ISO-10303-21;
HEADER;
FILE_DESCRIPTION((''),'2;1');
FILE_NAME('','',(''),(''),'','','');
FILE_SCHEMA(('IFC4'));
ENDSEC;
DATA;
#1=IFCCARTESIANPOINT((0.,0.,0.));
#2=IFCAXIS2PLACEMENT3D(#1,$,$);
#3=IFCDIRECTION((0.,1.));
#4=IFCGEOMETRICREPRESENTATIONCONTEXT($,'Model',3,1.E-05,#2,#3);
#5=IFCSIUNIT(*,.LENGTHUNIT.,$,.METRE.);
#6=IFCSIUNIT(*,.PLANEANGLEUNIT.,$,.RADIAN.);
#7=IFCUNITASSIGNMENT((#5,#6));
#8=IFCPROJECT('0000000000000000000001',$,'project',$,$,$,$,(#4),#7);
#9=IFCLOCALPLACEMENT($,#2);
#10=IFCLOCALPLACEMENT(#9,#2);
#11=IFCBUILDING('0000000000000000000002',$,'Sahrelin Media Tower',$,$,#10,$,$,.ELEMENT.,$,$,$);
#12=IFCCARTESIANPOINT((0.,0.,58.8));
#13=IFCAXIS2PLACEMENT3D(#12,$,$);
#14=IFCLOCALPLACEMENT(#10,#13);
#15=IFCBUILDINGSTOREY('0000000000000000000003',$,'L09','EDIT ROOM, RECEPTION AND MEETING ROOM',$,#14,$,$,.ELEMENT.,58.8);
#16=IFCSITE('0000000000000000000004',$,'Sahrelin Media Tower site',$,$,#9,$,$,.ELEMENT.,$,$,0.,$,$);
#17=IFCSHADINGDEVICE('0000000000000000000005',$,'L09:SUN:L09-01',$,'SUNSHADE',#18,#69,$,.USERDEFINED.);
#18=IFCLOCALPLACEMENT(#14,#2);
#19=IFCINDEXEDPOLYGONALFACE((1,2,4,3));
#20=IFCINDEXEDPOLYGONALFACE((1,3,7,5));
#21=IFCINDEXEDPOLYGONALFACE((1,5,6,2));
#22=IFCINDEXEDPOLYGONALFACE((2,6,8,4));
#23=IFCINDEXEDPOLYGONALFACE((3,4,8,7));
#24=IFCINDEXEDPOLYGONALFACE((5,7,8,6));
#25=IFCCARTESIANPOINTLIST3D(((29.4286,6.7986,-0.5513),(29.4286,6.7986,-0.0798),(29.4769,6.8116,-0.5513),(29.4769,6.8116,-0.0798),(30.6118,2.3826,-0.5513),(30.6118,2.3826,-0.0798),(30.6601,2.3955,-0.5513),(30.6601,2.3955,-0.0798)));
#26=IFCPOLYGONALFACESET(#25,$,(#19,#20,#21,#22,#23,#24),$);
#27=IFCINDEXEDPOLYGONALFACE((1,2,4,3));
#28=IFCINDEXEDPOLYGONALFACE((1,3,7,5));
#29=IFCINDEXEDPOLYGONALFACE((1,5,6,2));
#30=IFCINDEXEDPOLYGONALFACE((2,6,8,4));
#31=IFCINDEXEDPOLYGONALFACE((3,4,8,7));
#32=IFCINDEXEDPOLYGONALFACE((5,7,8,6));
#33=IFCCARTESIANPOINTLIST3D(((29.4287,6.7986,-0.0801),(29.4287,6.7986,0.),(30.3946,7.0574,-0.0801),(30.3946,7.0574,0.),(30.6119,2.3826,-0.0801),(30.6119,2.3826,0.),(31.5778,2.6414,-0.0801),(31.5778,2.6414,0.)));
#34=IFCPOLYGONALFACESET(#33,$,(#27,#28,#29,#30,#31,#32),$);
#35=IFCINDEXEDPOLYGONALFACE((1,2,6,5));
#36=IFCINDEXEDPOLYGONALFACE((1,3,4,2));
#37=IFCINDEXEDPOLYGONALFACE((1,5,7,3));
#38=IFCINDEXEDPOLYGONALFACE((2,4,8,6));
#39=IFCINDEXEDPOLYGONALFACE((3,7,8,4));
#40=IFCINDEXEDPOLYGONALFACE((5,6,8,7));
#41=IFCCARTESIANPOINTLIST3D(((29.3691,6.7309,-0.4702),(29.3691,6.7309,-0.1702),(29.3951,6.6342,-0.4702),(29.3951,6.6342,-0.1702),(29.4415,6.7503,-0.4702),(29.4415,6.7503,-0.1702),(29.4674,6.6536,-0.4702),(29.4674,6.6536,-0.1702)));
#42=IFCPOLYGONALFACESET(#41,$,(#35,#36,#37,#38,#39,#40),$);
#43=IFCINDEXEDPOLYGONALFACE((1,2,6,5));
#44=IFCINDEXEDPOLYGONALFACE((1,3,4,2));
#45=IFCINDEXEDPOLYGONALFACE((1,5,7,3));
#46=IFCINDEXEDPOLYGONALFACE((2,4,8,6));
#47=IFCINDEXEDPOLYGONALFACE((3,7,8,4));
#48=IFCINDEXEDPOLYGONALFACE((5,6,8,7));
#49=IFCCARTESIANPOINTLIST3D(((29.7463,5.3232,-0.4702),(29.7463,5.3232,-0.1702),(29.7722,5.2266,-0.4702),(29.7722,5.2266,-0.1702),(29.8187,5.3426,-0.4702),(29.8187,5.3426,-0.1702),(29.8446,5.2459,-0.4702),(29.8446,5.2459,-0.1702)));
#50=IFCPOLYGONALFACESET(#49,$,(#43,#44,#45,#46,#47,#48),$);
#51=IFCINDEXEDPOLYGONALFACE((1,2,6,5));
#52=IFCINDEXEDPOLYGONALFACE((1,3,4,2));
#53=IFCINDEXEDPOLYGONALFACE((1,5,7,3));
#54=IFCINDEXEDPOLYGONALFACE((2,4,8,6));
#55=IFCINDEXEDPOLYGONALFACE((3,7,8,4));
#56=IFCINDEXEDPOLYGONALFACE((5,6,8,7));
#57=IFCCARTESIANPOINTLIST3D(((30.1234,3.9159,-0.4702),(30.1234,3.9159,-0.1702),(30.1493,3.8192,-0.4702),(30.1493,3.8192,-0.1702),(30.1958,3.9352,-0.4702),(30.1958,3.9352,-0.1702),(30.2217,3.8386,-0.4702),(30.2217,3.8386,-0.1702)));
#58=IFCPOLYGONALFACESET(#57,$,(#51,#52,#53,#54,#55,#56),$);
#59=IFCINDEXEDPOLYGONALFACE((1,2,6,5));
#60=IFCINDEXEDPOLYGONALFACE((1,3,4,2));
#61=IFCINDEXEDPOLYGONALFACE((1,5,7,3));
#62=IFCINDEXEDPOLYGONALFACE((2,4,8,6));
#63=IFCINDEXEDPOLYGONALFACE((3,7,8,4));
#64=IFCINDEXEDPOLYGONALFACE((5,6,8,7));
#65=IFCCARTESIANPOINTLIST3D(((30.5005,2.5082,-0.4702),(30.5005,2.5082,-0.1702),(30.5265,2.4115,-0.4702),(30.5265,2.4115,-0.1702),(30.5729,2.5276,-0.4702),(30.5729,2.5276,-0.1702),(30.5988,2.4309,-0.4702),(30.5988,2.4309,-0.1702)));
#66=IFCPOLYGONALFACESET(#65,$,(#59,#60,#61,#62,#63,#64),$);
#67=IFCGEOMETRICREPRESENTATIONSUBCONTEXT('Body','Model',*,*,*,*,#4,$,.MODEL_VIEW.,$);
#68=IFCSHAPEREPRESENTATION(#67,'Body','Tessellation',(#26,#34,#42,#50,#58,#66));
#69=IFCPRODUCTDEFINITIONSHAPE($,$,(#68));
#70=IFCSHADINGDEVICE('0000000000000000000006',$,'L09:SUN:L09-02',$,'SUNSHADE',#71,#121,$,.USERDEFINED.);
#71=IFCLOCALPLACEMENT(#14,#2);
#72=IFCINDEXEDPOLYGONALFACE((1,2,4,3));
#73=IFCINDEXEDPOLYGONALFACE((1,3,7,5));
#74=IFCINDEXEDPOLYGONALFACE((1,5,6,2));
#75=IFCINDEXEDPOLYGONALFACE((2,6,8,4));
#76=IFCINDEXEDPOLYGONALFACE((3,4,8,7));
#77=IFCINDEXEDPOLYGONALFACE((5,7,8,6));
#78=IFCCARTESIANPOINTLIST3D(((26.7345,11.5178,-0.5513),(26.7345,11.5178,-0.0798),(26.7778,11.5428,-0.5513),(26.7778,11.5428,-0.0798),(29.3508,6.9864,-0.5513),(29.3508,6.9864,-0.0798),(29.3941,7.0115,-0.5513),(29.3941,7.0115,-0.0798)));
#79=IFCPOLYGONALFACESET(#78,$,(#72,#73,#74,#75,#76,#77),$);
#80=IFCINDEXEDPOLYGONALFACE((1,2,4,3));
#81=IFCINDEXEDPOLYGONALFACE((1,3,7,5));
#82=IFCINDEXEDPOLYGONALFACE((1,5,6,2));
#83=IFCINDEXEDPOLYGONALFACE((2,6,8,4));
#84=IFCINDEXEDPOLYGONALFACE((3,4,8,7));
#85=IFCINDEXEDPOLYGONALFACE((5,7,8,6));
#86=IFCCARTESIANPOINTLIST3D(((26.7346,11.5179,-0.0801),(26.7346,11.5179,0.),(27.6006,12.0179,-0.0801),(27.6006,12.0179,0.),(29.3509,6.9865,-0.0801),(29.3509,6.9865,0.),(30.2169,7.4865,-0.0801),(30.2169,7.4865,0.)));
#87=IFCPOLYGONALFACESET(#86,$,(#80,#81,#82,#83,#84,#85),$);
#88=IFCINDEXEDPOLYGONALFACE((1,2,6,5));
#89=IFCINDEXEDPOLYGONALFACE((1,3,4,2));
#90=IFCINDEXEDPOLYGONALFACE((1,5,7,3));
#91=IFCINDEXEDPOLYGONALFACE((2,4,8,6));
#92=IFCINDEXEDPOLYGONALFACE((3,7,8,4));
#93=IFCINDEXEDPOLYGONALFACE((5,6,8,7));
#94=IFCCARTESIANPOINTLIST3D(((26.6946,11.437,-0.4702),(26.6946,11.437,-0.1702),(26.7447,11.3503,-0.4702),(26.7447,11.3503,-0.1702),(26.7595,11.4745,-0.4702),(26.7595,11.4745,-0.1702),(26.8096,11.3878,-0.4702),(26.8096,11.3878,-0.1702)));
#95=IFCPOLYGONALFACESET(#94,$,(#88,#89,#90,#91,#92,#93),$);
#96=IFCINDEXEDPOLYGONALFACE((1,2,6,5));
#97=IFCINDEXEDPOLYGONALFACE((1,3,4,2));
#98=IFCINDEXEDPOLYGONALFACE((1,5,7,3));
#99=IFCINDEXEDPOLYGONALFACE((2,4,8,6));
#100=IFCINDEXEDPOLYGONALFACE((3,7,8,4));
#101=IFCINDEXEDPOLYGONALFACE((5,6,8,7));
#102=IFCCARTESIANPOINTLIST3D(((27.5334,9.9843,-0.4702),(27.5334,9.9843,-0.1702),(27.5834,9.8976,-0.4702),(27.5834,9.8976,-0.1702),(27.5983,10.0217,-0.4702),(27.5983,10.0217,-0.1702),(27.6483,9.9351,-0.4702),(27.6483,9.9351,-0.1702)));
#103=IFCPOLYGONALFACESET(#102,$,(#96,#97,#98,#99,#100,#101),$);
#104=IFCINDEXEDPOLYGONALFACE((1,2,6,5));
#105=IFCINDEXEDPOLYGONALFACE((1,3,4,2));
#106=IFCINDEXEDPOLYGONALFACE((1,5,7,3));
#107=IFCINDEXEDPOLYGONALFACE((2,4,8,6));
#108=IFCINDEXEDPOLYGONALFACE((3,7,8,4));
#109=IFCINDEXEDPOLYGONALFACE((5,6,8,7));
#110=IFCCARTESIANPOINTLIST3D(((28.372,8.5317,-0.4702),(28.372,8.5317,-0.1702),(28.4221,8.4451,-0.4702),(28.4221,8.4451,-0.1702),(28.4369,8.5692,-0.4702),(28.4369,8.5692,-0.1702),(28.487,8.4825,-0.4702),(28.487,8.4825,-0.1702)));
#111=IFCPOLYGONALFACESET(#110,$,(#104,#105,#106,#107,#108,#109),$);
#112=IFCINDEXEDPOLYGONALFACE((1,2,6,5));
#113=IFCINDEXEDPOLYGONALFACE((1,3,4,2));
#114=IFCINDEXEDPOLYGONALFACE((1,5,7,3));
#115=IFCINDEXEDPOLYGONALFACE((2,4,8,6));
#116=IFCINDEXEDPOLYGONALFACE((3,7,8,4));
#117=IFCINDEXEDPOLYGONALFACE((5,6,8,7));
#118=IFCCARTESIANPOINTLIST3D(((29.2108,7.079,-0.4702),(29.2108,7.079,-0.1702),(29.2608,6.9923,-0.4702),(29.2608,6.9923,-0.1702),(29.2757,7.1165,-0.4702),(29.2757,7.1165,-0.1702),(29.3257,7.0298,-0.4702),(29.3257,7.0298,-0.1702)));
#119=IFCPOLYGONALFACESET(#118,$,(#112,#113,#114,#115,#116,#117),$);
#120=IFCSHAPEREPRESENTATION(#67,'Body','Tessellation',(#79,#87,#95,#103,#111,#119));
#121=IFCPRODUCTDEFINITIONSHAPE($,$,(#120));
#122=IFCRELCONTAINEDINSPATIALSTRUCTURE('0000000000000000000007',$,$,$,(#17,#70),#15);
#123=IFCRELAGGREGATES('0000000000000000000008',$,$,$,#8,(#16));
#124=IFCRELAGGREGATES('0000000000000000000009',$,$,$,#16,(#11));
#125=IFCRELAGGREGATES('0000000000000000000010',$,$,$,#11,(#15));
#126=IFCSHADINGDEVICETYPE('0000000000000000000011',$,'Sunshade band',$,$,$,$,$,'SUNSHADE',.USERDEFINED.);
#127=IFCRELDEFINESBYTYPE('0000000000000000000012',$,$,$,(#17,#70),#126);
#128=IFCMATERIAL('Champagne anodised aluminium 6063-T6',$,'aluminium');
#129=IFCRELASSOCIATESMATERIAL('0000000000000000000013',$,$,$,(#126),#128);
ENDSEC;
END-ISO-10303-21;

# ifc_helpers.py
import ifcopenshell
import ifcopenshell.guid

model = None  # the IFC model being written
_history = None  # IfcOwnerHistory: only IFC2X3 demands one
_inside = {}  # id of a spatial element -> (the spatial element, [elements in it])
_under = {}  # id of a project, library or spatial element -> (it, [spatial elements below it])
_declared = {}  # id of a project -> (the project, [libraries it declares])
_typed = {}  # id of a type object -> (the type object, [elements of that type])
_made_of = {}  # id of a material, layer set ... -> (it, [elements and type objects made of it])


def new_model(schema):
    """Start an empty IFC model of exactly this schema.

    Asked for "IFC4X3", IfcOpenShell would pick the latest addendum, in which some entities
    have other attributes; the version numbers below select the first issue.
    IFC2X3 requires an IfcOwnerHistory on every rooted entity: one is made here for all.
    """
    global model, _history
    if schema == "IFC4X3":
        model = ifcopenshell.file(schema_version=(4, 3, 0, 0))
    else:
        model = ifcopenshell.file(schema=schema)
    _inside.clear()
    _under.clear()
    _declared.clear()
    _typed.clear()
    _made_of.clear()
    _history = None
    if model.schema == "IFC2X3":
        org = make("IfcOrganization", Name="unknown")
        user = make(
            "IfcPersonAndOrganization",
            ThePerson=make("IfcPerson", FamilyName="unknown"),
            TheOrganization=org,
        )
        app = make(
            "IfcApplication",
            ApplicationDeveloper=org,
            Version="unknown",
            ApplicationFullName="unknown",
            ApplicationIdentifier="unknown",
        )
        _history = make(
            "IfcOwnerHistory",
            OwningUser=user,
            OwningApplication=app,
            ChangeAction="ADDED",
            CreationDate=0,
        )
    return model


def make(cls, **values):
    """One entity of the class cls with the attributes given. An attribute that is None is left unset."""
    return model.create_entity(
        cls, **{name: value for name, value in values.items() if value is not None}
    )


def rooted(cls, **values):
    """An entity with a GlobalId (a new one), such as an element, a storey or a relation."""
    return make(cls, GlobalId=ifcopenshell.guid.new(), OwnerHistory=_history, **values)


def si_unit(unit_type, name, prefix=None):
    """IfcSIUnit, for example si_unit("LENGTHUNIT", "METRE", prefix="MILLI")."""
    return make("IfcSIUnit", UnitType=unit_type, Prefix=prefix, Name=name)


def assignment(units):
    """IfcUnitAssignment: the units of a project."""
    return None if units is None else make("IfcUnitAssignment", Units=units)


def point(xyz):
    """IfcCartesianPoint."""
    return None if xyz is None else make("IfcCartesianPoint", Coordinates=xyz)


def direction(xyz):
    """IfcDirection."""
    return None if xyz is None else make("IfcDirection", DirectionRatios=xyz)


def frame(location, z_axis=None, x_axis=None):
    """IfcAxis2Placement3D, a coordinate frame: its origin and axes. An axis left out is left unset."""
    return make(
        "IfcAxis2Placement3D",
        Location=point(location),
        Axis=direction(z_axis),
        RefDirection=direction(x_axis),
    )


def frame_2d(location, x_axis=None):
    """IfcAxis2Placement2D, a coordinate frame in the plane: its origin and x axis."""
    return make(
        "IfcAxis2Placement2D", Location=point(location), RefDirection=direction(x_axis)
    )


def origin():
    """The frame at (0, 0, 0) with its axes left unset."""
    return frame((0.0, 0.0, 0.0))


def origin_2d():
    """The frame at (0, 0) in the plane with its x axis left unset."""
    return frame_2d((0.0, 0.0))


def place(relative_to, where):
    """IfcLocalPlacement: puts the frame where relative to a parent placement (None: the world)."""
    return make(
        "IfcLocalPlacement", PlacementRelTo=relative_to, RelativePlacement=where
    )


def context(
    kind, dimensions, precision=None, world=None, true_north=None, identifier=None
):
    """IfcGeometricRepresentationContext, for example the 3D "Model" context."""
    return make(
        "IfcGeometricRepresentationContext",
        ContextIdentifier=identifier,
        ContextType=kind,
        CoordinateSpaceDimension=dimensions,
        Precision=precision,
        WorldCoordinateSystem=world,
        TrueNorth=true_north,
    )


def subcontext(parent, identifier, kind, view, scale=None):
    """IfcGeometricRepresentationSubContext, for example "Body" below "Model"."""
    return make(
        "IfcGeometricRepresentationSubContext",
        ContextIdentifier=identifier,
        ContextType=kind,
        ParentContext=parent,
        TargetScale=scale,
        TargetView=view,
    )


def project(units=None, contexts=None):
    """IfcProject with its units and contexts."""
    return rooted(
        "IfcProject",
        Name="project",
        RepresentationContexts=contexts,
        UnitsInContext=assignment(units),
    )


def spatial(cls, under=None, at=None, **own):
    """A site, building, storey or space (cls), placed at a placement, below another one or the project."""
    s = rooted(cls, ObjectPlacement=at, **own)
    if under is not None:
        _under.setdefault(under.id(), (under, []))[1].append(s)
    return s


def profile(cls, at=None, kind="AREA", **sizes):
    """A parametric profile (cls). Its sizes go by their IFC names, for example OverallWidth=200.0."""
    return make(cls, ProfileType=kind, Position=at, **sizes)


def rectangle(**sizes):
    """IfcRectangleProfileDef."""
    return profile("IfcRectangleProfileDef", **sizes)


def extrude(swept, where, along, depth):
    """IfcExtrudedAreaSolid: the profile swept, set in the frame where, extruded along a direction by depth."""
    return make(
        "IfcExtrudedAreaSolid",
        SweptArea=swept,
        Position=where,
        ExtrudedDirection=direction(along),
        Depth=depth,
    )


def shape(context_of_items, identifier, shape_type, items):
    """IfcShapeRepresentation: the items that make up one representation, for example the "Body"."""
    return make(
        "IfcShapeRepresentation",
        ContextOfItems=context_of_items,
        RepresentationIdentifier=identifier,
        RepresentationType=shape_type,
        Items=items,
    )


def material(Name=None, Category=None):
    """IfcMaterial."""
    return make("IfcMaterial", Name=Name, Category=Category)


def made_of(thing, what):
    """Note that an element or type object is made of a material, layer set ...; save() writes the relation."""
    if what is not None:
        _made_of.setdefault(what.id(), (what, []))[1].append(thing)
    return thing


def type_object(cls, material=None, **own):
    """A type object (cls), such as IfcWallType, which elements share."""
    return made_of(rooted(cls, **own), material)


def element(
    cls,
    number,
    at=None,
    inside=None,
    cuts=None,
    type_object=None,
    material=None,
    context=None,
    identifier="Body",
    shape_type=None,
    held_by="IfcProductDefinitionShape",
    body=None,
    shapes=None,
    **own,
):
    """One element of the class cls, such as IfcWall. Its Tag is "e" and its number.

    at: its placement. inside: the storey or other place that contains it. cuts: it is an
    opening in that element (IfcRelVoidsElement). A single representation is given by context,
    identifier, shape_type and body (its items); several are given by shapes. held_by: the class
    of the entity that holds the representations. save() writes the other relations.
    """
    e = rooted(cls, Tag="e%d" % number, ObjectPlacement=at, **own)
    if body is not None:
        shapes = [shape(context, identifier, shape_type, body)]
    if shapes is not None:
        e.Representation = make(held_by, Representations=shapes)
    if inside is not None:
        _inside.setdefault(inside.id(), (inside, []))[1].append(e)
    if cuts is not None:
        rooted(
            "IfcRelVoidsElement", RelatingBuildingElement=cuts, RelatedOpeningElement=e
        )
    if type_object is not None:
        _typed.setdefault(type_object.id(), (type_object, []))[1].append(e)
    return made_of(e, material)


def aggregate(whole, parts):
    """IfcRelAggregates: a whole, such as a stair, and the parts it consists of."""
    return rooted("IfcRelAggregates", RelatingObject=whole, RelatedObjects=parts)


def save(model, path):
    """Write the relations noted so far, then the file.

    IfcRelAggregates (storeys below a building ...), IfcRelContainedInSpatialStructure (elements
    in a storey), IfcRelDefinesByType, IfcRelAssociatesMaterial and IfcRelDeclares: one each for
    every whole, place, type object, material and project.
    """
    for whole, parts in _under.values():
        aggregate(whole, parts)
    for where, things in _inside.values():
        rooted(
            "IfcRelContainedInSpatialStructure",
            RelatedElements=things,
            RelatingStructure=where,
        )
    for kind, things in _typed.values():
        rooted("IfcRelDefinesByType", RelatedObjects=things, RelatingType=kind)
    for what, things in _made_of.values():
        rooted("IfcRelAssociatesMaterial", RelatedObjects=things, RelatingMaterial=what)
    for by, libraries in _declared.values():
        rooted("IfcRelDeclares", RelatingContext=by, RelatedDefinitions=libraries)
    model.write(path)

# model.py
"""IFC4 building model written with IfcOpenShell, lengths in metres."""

from ifc_helpers import new_model, si_unit, direction, frame, origin, origin_2d, place, context, subcontext, project, spatial, rectangle, extrude, material, type_object, element, save


model = new_model("IFC4")

# Units and contexts
model_context = context("Model", 3, precision=1e-05, world=origin(), true_north=direction((0.0, 1.0)))
body_context = subcontext(model_context, "Body", "Model", "MODEL_VIEW")
ifc_project = project(units=[si_unit("LENGTHUNIT", "METRE"), si_unit("PLANEANGLEUNIT", "RADIAN")], contexts=[model_context])

# Site, building, storey
site_placement = place(None, origin())
site = spatial("IfcSite", under=ifc_project, at=site_placement, Name="Sahrelin Media Tower site", CompositionType="ELEMENT", RefElevation=0.0)
building_placement = place(site_placement, origin())
building = spatial("IfcBuilding", under=site, at=building_placement, Name="Sahrelin Media Tower", CompositionType="ELEMENT")
storey_placement = place(building_placement, frame((0.0, 0.0, 58.8)))
storey = spatial("IfcBuildingStorey", under=building, at=storey_placement, Name="L09", Description="EDIT ROOM, RECEPTION AND MEETING ROOM", CompositionType="ELEMENT", Elevation=58.8)

# Shared definitions
ifc_material_1 = material(Name="Champagne anodised aluminium 6063-T6", Category="aluminium")

# Shading devices
placement_1 = place(storey_placement, frame((30.001, 4.5854, 0.0), z_axis=(0.0, 0.0, 1.0), x_axis=(0.258808, -0.965929, 0.0)))
shading_device_type_1 = type_object("IfcShadingDeviceType", Name="Sunshade band", ElementType="SUNSHADE", PredefinedType="USERDEFINED", material=ifc_material_1)
element("IfcShadingDevice", 1, at=placement_1, inside=storey, type_object=shading_device_type_1, Name="L09:SUN:L09-01", ObjectType="SUNSHADE", PredefinedType="USERDEFINED", context=body_context, shape_type="SweptSolid", body=[
    extrude(rectangle(XDim=4.5718, YDim=0.05, at=origin_2d()), frame((0.0, 0.0449, -0.5513)), (0.0, 0.0, 1.0), 0.4714),
    extrude(rectangle(XDim=4.5718, YDim=1.0, at=origin_2d()), frame((0.0, 0.52, -0.0801)), (0.0, 0.0, 1.0), 0.0801),
    extrude(rectangle(XDim=0.1001, YDim=0.075, at=origin_2d()), frame((-2.1858, -0.0176, -0.4702)), (0.0, 0.0, 1.0), 0.3),
    extrude(rectangle(XDim=0.1001, YDim=0.075, at=origin_2d()), frame((-0.7285, -0.0176, -0.4702)), (0.0, 0.0, 1.0), 0.3),
    extrude(rectangle(XDim=0.1001, YDim=0.075, at=origin_2d()), frame((0.7285, -0.0176, -0.4702)), (0.0, 0.0, 1.0), 0.3),
    extrude(rectangle(XDim=0.1001, YDim=0.075, at=origin_2d()), frame((2.1858, -0.0176, -0.4702)), (0.0, 0.0, 1.0), 0.3),
])
shading_device_1_placement = place(storey_placement, frame((28.0254, 9.2422, 0.0), z_axis=(0.0, 0.0, 1.0), x_axis=(0.500011, -0.866019, 0.0)))
element("IfcShadingDevice", 2, at=shading_device_1_placement, inside=storey, type_object=shading_device_type_1, Name="L09:SUN:L09-02", ObjectType="SUNSHADE", PredefinedType="USERDEFINED", context=body_context, shape_type="SweptSolid", body=[
    extrude(rectangle(XDim=5.2324, YDim=0.05, at=origin_2d()), frame((0.0, 0.0449, -0.5513)), (0.0, 0.0, 1.0), 0.4714),
    extrude(rectangle(XDim=5.2324, YDim=1.0, at=origin_2d()), frame((0.0, 0.52, -0.0801)), (0.0, 0.0, 1.0), 0.0801),
    extrude(rectangle(XDim=0.1001, YDim=0.075, at=origin_2d()), frame((-2.5161, -0.0176, -0.4702)), (0.0, 0.0, 1.0), 0.3),
    extrude(rectangle(XDim=0.1001, YDim=0.075, at=origin_2d()), frame((-0.8386, -0.0176, -0.4702)), (0.0, 0.0, 1.0), 0.3),
    extrude(rectangle(XDim=0.1001, YDim=0.075, at=origin_2d()), frame((0.8386, -0.0176, -0.4702)), (0.0, 0.0, 1.0), 0.3),
    extrude(rectangle(XDim=0.1001, YDim=0.075, at=origin_2d()), frame((2.5161, -0.0176, -0.4702)), (0.0, 0.0, 1.0), 0.3),
])

save(model, "model.ifc")
